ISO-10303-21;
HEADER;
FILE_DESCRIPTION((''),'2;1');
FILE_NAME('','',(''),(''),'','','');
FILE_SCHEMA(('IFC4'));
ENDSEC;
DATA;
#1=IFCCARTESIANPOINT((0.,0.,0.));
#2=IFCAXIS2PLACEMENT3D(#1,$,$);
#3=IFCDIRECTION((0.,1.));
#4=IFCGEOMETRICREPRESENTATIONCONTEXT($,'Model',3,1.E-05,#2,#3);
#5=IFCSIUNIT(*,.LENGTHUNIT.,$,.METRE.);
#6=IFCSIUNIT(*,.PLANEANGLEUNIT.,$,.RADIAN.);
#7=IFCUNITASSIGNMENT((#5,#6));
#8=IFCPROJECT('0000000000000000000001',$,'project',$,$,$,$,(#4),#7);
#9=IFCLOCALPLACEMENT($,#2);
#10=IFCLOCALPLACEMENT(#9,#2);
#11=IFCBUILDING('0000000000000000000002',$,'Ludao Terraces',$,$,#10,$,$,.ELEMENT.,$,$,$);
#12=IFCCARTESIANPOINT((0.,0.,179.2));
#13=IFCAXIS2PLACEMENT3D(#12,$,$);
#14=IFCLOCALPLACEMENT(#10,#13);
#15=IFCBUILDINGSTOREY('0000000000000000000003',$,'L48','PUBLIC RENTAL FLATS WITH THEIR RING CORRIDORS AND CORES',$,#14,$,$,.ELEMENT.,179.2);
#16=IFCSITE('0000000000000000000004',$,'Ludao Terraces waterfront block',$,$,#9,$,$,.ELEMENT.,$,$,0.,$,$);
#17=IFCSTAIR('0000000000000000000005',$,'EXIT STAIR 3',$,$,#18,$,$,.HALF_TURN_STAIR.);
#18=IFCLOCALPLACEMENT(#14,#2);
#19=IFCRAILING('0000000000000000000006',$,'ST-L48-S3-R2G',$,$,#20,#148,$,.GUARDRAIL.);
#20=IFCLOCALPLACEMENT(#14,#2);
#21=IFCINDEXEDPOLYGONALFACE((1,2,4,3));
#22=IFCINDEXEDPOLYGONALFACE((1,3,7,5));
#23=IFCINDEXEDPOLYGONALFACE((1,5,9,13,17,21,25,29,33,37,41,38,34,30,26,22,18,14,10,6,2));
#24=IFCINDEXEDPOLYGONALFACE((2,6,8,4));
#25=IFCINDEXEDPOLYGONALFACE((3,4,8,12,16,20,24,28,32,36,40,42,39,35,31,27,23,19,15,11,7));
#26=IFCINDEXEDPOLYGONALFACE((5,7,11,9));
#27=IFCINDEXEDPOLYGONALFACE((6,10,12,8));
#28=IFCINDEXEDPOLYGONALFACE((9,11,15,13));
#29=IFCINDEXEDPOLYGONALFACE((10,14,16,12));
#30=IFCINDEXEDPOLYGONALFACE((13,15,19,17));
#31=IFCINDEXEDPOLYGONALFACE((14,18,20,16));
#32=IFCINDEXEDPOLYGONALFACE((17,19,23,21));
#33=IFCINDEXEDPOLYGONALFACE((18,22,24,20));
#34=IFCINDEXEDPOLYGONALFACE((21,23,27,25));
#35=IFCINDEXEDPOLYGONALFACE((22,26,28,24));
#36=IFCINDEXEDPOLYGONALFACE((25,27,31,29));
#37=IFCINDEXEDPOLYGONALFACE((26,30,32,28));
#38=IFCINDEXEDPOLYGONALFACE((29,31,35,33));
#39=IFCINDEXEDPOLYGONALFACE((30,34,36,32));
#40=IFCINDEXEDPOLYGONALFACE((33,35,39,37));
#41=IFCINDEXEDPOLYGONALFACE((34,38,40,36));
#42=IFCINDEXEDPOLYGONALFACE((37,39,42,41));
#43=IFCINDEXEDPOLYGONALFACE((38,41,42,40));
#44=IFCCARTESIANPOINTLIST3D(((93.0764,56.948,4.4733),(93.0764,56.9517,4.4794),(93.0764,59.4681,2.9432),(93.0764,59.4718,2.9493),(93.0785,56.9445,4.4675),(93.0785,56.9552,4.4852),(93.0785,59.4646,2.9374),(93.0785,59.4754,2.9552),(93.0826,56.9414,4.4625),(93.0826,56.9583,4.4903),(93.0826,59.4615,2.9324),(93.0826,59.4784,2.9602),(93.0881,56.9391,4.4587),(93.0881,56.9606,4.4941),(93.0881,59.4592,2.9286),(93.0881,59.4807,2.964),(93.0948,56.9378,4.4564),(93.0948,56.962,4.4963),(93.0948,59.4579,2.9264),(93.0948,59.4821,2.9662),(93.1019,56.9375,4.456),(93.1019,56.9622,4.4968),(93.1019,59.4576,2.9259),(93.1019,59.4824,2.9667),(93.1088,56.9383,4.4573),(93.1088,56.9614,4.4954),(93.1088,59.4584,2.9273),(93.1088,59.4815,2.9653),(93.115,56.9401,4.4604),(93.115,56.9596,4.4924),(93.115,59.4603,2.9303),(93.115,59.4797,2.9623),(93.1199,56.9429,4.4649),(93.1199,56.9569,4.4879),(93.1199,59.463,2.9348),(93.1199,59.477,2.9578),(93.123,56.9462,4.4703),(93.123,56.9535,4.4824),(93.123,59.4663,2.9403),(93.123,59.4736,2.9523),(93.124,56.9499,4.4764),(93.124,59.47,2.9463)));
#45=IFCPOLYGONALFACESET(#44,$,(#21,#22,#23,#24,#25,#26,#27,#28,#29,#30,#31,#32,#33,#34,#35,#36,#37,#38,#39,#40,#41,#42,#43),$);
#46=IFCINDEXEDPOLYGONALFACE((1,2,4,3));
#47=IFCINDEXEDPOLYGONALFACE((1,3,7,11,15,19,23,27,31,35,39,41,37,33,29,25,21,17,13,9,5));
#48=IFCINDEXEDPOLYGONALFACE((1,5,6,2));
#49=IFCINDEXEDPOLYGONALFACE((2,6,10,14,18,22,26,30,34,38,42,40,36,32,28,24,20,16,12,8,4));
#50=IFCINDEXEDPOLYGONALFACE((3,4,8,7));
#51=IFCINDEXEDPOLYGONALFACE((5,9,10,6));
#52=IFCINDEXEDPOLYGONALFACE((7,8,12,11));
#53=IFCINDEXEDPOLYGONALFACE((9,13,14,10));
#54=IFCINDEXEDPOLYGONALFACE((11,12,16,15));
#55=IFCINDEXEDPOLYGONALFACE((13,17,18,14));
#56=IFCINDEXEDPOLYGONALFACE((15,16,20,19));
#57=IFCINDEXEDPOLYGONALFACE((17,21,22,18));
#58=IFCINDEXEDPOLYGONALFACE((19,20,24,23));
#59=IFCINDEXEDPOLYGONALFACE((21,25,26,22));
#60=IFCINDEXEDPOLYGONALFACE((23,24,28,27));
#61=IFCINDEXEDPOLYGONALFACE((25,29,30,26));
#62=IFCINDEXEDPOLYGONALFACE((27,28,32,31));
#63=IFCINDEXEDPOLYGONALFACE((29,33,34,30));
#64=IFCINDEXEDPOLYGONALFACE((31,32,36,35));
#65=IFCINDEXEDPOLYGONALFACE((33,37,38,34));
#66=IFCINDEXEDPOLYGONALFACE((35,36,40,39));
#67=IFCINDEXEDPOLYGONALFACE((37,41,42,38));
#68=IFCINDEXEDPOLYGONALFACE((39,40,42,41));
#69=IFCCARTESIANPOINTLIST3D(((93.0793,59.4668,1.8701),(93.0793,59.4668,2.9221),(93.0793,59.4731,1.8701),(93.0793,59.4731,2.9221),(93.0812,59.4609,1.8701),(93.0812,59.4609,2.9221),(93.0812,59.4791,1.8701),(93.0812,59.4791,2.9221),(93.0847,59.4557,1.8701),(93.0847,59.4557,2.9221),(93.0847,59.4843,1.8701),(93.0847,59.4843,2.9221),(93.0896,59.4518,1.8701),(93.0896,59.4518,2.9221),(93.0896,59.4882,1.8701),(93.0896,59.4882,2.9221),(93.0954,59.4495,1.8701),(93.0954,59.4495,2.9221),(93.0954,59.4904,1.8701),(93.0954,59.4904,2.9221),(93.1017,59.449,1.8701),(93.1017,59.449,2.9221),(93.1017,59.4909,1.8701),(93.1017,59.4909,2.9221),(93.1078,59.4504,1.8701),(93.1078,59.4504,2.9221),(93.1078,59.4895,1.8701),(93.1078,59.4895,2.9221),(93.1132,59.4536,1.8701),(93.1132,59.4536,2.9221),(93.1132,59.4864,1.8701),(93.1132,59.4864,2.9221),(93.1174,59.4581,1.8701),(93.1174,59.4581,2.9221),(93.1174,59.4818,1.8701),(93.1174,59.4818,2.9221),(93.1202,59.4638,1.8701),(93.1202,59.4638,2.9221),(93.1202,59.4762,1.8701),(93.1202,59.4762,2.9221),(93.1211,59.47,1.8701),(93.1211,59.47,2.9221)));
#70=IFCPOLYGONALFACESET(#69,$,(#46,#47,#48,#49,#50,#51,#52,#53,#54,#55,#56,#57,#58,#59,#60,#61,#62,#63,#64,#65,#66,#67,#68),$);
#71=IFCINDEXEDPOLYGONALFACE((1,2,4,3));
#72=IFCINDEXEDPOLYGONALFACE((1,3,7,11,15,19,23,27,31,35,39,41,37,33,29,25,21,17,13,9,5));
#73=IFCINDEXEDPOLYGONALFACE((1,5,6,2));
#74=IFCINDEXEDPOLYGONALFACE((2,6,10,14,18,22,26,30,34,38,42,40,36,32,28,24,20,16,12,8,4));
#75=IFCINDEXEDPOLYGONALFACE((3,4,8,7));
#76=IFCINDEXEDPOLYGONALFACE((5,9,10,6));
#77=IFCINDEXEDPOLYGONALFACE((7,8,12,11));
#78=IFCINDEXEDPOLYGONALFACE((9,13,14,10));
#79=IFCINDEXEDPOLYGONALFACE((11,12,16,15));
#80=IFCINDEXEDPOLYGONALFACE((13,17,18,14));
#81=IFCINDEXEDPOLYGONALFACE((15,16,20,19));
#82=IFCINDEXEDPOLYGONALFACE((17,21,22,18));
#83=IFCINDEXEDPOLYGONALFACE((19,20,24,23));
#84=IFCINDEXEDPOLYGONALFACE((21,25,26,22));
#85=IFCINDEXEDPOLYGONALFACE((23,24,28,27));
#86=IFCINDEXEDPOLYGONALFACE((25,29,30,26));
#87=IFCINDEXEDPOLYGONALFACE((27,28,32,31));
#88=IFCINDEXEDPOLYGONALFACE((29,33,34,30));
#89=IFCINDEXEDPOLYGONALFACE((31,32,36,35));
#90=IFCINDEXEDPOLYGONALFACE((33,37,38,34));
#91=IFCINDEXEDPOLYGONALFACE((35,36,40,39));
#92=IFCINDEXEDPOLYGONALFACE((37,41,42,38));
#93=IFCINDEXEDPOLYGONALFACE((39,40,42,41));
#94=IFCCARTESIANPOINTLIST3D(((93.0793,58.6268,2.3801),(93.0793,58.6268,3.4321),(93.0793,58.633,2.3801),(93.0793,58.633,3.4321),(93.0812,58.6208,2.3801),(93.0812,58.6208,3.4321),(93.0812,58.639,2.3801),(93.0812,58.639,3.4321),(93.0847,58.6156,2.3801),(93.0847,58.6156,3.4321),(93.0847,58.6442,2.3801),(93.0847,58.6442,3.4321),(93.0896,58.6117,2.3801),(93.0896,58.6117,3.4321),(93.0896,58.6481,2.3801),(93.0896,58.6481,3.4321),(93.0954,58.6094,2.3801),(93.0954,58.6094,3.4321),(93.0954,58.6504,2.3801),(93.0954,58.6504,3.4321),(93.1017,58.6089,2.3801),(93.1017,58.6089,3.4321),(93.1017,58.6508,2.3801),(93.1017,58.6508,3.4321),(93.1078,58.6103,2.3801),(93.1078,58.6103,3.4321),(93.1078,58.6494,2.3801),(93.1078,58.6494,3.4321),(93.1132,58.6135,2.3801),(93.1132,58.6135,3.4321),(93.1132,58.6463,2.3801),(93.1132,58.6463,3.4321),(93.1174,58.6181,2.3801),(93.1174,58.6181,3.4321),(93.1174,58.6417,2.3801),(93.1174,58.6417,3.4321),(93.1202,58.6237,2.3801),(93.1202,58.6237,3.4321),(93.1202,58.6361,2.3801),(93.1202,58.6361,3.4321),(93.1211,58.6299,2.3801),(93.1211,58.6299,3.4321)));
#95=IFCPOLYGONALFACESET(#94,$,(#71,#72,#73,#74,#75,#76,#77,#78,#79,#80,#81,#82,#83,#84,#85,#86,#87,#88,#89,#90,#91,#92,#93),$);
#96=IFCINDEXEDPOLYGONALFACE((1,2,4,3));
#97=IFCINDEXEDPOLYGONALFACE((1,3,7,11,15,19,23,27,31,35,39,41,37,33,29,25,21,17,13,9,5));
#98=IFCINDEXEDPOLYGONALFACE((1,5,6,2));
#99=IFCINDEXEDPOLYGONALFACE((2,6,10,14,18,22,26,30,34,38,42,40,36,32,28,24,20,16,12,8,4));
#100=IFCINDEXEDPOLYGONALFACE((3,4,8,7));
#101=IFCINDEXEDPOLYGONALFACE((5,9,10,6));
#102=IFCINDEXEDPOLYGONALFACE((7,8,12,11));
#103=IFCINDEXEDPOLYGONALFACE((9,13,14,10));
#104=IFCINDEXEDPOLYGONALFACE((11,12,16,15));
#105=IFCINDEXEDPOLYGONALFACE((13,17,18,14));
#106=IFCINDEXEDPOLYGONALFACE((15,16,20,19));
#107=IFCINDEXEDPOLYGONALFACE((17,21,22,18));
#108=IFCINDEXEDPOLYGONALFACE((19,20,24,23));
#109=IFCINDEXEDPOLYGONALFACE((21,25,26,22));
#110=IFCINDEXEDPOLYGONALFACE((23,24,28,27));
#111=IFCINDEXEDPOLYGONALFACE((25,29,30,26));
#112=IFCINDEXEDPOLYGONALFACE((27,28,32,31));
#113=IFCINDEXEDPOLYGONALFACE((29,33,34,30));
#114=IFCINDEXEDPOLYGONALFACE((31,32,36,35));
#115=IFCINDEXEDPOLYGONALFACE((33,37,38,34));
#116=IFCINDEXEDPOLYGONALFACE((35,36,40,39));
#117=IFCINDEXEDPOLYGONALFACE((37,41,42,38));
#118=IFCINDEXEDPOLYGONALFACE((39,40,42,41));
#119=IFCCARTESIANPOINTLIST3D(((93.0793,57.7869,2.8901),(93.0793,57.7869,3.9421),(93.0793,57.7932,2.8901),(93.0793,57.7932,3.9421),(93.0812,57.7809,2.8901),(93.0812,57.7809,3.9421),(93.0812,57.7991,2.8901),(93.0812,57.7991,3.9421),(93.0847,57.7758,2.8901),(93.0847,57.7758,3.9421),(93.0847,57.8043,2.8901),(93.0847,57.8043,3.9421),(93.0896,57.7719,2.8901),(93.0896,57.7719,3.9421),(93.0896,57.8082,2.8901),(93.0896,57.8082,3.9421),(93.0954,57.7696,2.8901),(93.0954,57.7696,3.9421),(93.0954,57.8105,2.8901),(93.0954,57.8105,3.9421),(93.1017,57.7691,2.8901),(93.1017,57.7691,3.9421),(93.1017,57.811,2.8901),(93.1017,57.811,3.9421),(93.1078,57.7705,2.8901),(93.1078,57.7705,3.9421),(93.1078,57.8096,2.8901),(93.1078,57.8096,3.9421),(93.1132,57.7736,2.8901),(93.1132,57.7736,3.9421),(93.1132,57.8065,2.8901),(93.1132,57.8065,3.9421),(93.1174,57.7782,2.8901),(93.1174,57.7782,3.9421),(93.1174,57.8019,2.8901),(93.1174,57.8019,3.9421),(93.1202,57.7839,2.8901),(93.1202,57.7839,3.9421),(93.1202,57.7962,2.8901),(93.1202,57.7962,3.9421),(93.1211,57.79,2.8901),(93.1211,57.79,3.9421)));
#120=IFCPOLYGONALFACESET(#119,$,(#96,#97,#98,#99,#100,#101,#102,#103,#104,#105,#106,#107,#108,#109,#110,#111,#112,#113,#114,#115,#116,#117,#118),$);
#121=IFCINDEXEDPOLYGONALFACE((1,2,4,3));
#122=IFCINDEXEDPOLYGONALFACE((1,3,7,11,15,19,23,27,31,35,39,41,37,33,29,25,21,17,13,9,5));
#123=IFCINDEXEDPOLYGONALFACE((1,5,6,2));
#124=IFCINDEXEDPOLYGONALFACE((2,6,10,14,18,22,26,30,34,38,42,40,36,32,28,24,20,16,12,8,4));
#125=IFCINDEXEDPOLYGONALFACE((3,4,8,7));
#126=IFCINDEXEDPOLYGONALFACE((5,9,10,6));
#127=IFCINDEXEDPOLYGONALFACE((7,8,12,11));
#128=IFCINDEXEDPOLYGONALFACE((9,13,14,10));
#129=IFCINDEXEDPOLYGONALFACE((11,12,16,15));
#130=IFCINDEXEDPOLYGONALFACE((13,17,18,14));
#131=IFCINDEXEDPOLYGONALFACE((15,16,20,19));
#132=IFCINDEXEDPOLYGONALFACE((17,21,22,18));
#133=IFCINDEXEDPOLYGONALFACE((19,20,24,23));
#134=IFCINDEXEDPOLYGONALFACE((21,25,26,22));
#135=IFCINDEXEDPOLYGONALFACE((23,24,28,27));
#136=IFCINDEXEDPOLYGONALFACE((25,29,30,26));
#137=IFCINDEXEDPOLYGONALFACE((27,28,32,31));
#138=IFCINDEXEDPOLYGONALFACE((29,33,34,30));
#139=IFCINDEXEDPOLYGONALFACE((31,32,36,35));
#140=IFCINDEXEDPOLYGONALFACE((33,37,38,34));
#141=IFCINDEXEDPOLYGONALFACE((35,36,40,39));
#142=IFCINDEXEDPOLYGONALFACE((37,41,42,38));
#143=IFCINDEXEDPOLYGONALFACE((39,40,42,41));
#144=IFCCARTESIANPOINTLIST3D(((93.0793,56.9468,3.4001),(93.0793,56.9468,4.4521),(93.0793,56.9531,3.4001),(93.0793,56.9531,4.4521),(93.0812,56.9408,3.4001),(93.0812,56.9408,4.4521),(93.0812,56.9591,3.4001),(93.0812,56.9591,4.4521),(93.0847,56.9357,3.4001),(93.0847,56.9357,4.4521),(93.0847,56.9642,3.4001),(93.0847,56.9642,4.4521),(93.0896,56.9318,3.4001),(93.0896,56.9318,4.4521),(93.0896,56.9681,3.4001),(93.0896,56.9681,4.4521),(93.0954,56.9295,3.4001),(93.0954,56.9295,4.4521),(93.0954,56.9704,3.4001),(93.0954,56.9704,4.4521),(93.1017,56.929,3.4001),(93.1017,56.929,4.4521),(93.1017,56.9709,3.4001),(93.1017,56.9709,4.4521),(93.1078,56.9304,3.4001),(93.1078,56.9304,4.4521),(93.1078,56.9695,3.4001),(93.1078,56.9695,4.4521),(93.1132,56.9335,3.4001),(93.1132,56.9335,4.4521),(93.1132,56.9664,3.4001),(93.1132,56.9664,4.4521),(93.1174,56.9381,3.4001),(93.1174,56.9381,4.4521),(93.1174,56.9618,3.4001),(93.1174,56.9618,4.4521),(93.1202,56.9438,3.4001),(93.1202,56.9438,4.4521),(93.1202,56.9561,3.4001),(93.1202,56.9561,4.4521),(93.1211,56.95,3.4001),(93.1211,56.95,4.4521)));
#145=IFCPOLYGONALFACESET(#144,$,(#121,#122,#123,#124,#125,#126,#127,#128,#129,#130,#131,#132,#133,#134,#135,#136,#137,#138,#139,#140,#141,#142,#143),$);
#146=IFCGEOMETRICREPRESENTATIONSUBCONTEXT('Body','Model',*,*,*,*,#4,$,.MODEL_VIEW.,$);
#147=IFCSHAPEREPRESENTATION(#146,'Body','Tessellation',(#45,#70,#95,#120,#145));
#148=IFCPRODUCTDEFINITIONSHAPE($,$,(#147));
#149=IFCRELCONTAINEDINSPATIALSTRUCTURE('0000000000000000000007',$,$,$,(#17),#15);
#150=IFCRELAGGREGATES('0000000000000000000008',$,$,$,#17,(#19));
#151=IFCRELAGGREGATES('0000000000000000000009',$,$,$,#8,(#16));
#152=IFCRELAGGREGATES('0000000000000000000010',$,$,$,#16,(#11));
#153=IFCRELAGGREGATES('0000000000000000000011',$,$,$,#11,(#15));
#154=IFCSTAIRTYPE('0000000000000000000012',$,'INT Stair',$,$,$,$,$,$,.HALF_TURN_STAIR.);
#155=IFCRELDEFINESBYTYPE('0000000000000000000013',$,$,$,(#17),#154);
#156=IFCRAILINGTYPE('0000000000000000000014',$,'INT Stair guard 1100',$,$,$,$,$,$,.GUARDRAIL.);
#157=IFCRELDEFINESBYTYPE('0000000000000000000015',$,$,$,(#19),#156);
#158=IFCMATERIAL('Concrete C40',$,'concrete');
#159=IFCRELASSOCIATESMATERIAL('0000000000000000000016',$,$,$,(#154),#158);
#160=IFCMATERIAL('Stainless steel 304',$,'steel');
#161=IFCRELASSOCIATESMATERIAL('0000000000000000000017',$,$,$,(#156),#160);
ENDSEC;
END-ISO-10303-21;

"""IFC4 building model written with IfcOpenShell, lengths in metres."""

from ifc_helpers import new_model, si_unit, direction, frame, origin, origin_2d, place, context, subcontext, project, spatial, circle, extrude, material, type_object, element, aggregate, save


model = new_model("IFC4")

# Units and contexts
model_context = context("Model", 3, precision=1e-05, world=origin(), true_north=direction((0.0, 1.0)))
body_context = subcontext(model_context, "Body", "Model", "MODEL_VIEW")
ifc_project = project(units=[si_unit("LENGTHUNIT", "METRE"), si_unit("PLANEANGLEUNIT", "RADIAN")], contexts=[model_context])

# Site, building, storey
site_placement = place(None, origin())
site = spatial("IfcSite", under=ifc_project, at=site_placement, Name="Ludao Terraces waterfront block", CompositionType="ELEMENT", RefElevation=0.0)
building_placement = place(site_placement, origin())
building = spatial("IfcBuilding", under=site, at=building_placement, Name="Ludao Terraces", CompositionType="ELEMENT")
storey_placement = place(building_placement, frame((0.0, 0.0, 179.2)))
storey = spatial("IfcBuildingStorey", under=building, at=storey_placement, Name="L48", Description="PUBLIC RENTAL FLATS WITH THEIR RING CORRIDORS AND CORES", CompositionType="ELEMENT", Elevation=179.2)

# Shared definitions
ifc_material_1 = material(Name="Concrete C40", Category="concrete")

# Stair, railing
stair_type = type_object("IfcStairType", Name="INT Stair", PredefinedType="HALF_TURN_STAIR", material=ifc_material_1)
stair_placement = place(storey_placement, origin())
stair = element("IfcStair", 1, at=stair_placement, inside=storey, type_object=stair_type, Name="EXIT STAIR 3", PredefinedType="HALF_TURN_STAIR")
ifc_material_2 = material(Name="Stainless steel 304", Category="steel")
railing_type_1 = type_object("IfcRailingType", Name="INT Stair guard 1100", PredefinedType="GUARDRAIL", material=ifc_material_2)
railing_1_placement = place(storey_placement, frame((93.1001, 59.47, 1.8701)))
railing_1 = element("IfcRailing", 2, at=railing_1_placement, type_object=railing_type_1, Name="ST-L48-S3-R2G", PredefinedType="GUARDRAIL", context=body_context, shape_type="SweptSolid", body=[
    extrude(circle(Radius=0.0239, at=origin_2d()), frame((0.0, 0.0, 1.0762), z_axis=(0.0, -0.854785, 0.518982), x_axis=(1.0, 0.0, 0.0)), (0.0, 0.0, 1.0), 2.9482),
    extrude(circle(Radius=0.021, at=origin_2d()), origin(), (0.0, 0.0, 1.0), 1.052),
    extrude(circle(Radius=0.021, at=origin_2d()), frame((0.0, -0.8401, 0.51)), (0.0, 0.0, 1.0), 1.052),
    extrude(circle(Radius=0.021, at=origin_2d()), frame((0.0, -1.6799, 1.02)), (0.0, 0.0, 1.0), 1.052),
    extrude(circle(Radius=0.021, at=origin_2d()), frame((0.0, -2.52, 1.53)), (0.0, 0.0, 1.0), 1.052),
])
aggregate(stair, [railing_1])

save(model, "model.ifc")
